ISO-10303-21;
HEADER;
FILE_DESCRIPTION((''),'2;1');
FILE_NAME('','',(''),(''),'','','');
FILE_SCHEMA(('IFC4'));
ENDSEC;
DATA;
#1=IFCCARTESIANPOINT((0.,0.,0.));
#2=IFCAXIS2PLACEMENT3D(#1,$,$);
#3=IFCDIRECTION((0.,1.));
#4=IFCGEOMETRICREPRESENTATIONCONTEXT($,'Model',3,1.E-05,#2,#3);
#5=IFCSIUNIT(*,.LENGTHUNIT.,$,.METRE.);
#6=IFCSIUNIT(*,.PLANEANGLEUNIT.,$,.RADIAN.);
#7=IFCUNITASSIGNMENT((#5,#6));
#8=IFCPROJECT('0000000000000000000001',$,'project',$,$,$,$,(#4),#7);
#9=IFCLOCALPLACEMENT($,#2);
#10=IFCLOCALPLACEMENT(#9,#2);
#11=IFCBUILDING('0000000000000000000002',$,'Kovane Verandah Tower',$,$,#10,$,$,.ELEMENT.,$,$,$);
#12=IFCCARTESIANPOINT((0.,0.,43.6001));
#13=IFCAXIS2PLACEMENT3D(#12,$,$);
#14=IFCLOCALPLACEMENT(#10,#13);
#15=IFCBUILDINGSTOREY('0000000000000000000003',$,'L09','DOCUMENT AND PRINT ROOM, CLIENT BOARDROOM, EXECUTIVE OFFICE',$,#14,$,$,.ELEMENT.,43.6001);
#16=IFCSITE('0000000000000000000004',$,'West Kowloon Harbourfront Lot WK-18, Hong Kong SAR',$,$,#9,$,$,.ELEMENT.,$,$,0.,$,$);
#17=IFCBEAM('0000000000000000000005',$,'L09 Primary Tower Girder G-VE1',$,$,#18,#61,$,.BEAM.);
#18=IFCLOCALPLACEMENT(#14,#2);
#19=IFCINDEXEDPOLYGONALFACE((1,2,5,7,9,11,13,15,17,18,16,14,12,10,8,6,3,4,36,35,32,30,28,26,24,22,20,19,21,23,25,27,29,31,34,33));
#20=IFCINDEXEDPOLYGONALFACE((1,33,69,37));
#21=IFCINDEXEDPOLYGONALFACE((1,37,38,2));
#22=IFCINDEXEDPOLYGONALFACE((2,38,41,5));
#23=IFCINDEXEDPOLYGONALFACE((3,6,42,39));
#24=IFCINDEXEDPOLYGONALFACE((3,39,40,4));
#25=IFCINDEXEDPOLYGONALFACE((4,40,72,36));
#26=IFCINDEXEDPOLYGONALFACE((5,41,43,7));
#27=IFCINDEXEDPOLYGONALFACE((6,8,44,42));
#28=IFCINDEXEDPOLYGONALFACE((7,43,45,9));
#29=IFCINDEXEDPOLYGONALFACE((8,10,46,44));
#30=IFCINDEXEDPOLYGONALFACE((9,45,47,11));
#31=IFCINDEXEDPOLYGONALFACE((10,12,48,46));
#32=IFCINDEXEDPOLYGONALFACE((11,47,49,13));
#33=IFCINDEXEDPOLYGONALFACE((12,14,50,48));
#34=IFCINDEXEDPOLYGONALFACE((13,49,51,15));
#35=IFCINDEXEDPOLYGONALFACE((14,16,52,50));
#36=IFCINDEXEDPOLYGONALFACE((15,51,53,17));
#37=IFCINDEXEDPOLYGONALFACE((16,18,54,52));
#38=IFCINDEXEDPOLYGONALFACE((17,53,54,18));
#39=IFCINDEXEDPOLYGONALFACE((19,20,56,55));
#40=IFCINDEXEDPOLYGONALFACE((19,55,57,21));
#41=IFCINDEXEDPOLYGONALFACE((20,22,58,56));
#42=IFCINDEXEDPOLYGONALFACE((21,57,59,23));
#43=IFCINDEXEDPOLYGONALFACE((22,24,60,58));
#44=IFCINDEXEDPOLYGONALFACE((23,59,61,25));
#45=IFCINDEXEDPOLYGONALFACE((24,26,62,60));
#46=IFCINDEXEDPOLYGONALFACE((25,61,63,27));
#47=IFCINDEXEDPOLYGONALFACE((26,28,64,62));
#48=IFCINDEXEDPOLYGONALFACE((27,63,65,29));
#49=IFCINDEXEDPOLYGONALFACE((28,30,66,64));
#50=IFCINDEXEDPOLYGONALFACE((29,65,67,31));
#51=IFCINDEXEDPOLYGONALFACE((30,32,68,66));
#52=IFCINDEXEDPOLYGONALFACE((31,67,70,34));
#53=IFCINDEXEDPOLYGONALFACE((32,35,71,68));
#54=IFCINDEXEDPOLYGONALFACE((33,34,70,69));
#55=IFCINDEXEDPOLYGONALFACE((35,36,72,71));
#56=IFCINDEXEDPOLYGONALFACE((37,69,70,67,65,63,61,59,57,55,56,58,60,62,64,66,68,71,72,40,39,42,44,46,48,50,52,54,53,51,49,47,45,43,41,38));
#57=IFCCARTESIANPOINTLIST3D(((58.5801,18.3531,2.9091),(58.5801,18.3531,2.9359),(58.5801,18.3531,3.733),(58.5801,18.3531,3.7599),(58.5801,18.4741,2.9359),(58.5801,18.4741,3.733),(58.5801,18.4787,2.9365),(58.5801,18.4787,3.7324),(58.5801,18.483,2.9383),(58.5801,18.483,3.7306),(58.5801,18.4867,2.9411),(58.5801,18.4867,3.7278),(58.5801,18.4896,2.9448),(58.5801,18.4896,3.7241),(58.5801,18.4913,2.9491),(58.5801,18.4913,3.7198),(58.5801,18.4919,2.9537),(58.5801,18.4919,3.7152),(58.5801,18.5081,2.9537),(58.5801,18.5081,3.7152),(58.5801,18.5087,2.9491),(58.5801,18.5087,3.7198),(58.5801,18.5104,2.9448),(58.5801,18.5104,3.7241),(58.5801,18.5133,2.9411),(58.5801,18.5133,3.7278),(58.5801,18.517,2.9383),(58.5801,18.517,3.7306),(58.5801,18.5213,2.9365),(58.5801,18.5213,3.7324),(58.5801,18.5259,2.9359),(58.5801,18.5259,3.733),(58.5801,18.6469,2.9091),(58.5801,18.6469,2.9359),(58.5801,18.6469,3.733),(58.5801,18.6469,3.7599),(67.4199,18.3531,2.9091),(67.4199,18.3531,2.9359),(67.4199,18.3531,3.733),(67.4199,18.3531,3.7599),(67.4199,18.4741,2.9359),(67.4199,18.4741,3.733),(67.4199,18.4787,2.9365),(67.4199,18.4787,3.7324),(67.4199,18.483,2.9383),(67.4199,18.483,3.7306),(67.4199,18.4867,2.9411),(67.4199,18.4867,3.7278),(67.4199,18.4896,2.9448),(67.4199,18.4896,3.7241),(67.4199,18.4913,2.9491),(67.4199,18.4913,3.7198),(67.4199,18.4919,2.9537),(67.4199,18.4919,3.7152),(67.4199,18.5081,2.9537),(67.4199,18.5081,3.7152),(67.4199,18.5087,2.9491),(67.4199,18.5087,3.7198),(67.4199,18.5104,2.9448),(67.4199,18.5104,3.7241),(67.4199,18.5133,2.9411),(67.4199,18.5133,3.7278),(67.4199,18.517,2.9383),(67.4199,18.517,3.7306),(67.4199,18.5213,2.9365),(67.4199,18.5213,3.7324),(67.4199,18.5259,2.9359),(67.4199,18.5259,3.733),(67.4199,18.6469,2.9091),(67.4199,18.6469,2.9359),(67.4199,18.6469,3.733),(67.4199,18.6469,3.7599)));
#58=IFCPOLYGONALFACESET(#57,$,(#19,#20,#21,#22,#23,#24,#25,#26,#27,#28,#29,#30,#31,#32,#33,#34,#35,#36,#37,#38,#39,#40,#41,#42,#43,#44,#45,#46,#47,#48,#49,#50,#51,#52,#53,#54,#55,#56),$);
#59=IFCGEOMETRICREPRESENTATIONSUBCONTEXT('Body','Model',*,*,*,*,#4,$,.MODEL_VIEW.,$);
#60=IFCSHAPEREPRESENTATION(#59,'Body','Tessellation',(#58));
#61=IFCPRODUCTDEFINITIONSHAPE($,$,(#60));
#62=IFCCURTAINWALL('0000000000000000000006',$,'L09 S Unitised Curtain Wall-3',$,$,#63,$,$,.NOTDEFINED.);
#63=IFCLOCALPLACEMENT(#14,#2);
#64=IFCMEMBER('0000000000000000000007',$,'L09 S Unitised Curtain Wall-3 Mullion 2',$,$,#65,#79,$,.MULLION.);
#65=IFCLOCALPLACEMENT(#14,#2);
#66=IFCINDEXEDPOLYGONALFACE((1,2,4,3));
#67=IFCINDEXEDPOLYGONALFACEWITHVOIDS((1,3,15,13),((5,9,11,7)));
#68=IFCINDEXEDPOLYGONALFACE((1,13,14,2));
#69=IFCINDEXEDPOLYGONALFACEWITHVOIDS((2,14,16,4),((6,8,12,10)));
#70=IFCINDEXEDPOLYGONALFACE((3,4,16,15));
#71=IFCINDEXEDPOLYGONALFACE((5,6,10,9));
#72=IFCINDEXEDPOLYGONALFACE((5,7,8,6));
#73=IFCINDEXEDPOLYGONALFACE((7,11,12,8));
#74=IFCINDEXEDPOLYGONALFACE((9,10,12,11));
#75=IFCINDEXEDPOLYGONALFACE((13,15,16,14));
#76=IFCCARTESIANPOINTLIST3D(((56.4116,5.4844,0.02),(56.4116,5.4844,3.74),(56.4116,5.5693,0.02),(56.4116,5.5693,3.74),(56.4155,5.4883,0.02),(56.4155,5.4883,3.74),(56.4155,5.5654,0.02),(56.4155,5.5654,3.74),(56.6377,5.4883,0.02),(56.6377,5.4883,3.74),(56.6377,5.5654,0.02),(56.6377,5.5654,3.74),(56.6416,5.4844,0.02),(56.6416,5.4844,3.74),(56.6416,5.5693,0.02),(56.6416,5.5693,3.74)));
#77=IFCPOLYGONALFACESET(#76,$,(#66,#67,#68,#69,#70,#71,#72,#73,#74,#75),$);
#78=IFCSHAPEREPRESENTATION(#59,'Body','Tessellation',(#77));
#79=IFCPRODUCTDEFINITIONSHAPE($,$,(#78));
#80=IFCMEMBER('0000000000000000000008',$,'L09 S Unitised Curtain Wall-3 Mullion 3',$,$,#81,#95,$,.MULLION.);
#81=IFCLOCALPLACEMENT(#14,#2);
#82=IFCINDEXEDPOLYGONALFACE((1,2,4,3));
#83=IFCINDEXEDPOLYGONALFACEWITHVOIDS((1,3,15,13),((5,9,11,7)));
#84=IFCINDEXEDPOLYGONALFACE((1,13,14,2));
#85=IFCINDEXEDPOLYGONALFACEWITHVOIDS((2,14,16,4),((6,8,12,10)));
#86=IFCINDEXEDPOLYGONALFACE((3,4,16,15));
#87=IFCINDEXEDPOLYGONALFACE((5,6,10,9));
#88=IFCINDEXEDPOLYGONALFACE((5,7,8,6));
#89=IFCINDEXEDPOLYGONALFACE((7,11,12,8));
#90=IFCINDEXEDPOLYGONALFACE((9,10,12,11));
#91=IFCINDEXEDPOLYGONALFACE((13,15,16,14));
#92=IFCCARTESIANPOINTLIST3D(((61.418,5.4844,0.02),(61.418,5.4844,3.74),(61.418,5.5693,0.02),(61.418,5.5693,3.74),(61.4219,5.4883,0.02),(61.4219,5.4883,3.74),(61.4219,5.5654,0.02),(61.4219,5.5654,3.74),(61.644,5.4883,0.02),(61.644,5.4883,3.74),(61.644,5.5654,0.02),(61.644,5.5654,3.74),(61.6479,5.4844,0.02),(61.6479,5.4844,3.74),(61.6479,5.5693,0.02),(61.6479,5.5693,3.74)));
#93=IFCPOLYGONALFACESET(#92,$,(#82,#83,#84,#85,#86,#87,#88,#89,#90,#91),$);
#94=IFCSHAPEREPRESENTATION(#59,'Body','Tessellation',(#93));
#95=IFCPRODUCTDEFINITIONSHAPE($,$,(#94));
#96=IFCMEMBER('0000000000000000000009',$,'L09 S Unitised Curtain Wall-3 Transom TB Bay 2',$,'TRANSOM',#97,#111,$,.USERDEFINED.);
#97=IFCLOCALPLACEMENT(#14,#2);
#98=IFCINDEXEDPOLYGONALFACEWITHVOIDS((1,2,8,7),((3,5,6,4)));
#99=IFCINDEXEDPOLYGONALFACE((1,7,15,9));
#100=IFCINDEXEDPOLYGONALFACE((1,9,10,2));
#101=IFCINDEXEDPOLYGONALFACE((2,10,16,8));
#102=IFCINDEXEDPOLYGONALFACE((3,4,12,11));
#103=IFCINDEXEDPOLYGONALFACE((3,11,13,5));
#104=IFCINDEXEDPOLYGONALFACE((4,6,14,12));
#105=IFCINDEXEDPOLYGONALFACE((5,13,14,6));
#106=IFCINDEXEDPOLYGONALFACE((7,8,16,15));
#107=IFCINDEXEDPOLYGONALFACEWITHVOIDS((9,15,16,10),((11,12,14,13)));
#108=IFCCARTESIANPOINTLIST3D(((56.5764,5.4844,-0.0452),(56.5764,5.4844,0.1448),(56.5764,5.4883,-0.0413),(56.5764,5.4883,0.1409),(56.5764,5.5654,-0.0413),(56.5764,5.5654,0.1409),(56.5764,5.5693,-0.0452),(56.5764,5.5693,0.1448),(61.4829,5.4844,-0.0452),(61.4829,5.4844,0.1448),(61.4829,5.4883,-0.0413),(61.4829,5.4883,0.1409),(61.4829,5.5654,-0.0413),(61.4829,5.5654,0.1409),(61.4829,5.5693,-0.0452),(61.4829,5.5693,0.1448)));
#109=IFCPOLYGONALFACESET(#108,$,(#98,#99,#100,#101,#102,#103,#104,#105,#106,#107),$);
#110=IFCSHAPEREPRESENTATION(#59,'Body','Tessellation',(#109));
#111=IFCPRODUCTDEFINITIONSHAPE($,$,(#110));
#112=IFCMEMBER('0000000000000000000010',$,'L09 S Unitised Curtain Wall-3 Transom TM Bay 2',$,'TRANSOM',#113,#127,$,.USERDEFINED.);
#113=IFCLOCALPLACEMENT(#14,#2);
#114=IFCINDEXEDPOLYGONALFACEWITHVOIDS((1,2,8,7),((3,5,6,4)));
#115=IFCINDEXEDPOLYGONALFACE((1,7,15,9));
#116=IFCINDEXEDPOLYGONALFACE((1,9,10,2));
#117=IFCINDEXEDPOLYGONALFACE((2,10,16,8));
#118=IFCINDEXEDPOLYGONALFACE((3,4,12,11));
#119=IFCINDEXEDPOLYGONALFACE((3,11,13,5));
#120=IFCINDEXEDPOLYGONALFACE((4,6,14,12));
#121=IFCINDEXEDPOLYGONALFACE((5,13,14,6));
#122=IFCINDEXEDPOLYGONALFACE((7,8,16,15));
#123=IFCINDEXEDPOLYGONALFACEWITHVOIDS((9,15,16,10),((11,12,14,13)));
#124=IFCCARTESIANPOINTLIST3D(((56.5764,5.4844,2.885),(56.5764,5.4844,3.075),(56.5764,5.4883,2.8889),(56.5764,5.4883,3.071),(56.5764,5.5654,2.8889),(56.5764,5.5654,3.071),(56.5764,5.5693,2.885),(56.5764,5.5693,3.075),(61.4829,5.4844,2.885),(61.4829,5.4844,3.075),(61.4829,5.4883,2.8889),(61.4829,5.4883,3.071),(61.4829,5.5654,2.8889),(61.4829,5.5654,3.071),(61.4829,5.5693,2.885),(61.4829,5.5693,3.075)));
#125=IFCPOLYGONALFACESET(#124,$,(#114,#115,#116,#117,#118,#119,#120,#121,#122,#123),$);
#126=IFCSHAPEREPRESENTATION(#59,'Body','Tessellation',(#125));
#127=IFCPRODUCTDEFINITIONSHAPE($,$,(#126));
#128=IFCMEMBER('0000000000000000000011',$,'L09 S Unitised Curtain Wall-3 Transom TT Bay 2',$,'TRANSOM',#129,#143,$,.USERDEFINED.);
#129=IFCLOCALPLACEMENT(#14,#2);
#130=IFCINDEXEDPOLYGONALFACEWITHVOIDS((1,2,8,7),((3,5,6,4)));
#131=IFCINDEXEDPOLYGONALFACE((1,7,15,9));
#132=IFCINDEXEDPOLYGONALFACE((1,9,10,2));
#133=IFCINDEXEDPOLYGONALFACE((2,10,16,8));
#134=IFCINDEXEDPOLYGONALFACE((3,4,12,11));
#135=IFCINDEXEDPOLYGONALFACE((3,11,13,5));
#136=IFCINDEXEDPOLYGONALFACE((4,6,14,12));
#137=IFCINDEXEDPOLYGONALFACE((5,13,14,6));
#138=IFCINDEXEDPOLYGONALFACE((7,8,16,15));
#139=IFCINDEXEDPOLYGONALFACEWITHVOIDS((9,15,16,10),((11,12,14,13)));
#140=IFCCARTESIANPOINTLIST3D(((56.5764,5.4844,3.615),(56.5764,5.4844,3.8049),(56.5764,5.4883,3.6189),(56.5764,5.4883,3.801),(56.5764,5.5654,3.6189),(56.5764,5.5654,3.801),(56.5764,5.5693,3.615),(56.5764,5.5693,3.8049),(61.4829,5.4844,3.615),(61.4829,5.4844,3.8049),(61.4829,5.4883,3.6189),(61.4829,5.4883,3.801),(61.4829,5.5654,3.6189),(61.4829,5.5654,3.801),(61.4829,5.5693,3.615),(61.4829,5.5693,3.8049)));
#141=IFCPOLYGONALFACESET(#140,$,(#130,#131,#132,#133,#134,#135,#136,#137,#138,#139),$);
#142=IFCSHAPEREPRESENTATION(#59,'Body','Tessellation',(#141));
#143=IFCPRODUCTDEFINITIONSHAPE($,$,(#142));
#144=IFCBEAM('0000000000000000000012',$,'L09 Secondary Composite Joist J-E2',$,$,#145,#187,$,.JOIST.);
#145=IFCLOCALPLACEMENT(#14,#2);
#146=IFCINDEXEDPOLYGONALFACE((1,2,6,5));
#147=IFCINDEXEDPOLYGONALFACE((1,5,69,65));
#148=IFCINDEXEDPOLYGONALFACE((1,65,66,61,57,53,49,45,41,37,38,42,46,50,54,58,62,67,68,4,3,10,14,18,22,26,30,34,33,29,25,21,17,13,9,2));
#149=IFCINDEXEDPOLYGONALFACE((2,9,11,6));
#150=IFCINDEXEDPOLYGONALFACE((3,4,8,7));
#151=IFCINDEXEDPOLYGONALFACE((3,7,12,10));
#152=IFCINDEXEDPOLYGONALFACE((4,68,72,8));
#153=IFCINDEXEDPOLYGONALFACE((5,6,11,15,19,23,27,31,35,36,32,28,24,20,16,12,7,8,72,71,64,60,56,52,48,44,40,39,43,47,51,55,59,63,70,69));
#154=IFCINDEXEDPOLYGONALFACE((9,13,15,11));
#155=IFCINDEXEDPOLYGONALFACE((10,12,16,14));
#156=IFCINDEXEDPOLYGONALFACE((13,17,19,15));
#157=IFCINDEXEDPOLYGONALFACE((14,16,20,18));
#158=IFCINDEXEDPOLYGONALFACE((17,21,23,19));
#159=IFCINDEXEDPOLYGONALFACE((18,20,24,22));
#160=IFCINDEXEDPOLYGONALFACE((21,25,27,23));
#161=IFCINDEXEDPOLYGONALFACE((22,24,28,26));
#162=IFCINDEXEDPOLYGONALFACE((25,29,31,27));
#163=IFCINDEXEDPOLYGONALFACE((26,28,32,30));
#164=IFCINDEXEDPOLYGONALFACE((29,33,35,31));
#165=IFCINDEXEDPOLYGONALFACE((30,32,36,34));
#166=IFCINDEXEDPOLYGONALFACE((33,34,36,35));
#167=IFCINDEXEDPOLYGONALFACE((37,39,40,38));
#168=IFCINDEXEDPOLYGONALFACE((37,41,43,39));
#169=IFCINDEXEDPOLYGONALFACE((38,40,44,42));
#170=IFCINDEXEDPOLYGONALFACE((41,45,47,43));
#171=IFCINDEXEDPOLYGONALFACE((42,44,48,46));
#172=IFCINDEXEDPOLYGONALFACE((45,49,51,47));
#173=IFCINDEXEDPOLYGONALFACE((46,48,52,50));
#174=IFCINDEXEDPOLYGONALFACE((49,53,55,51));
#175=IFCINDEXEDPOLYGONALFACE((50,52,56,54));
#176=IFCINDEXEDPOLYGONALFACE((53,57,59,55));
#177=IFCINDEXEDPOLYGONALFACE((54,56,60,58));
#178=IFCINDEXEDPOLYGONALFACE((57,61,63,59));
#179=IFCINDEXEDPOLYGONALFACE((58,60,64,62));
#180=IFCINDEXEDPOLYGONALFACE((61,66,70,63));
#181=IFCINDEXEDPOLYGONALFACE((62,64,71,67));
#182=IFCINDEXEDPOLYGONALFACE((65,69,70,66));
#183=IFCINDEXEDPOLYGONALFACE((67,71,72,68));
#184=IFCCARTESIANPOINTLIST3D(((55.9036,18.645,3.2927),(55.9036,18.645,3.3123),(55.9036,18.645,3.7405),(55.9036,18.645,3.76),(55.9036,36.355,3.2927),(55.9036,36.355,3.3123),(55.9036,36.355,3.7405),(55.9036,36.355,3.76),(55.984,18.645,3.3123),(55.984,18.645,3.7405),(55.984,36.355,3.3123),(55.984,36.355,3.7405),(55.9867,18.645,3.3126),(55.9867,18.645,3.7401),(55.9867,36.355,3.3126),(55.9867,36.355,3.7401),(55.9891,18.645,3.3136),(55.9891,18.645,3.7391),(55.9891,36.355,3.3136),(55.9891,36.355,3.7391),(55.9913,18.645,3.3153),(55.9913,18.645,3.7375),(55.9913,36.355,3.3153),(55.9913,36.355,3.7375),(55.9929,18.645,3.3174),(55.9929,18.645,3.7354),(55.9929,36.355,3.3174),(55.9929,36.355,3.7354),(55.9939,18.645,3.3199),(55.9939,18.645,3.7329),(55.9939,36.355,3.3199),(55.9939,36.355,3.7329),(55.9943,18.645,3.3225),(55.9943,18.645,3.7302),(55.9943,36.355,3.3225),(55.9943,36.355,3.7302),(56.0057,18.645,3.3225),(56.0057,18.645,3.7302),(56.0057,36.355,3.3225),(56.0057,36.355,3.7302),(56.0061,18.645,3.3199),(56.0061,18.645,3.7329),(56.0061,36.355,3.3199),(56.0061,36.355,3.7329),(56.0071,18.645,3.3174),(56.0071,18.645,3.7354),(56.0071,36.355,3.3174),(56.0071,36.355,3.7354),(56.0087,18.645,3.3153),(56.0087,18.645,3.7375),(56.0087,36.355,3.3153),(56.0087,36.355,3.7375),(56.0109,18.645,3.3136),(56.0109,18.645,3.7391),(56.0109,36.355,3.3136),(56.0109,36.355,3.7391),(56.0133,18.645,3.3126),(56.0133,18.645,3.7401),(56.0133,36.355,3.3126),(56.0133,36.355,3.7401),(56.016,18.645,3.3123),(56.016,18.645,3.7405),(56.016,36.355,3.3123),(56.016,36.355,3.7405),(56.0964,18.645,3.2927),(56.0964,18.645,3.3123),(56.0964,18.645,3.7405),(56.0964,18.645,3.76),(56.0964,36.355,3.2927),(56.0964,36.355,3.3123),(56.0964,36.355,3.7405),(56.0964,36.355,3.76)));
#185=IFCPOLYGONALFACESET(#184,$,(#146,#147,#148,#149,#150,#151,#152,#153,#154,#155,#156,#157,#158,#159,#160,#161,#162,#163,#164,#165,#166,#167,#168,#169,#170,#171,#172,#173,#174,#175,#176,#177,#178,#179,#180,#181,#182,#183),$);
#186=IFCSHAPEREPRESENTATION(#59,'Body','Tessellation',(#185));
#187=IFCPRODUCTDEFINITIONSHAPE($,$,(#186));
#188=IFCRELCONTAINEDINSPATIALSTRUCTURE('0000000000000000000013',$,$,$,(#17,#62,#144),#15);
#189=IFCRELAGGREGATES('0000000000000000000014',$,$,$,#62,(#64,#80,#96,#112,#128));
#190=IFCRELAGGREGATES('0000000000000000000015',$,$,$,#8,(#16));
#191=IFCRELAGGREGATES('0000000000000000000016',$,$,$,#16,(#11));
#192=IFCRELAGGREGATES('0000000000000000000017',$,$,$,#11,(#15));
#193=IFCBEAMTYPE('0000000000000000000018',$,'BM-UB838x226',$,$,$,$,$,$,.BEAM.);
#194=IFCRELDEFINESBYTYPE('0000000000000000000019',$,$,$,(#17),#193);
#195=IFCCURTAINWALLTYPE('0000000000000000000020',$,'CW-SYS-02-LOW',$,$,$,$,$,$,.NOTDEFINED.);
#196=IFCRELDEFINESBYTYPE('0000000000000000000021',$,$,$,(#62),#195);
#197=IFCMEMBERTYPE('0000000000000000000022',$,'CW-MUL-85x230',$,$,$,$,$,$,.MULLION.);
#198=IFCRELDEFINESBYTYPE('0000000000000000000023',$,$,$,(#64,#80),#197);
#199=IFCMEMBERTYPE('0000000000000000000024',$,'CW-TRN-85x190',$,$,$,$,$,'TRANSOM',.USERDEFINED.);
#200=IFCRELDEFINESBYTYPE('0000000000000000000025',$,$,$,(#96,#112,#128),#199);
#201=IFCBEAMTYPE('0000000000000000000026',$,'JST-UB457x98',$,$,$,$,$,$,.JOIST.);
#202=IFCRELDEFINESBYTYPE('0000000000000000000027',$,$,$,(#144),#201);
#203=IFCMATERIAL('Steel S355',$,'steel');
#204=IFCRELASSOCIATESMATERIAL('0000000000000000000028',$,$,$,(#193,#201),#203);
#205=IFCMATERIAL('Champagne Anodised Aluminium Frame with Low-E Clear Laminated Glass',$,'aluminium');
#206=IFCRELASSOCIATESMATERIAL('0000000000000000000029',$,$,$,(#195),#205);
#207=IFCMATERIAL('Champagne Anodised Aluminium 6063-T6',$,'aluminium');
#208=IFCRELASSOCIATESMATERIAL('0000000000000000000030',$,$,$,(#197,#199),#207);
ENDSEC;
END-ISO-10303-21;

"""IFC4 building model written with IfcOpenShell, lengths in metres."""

from ifc_helpers import new_model, si_unit, direction, frame, origin, origin_2d, place, context, subcontext, project, spatial, hollow_rectangle, i_section, extrude, material, material_profile, profile_set, type_object, element, aggregate, save


model = new_model("IFC4")

# Units and contexts
model_context = context("Model", 3, precision=1e-05, world=origin(), true_north=direction((0.0, 1.0)))
body_context = subcontext(model_context, "Body", "Model", "MODEL_VIEW")
ifc_project = project(units=[si_unit("LENGTHUNIT", "METRE"), si_unit("PLANEANGLEUNIT", "RADIAN")], contexts=[model_context])

# Site, building, storey
site_placement = place(None, origin())
site = spatial("IfcSite", under=ifc_project, at=site_placement, Name="West Kowloon Harbourfront Lot WK-18, Hong Kong SAR", CompositionType="ELEMENT", RefElevation=0.0)
building_placement = place(site_placement, origin())
building = spatial("IfcBuilding", under=site, at=building_placement, Name="Kovane Verandah Tower", CompositionType="ELEMENT")
storey_placement = place(building_placement, frame((0.0, 0.0, 43.6001)))
storey = spatial("IfcBuildingStorey", under=building, at=storey_placement, Name="L09", Description="DOCUMENT AND PRINT ROOM, CLIENT BOARDROOM, EXECUTIVE OFFICE", CompositionType="ELEMENT", Elevation=43.6001)

# Beam
ifc_material_1 = material(Name="Steel S355", Category="steel")
ifc_material_profile_1 = material_profile(ifc_material_1, i_section(OverallWidth=0.2937, OverallDepth=0.8508, WebThickness=0.0161, FlangeThickness=0.0269, FilletRadius=0.0178, at=origin_2d()), Name="UB838x292x226")
ifc_profile_set_1 = profile_set([ifc_material_profile_1], Name="Steel S355")
beam_type_1 = type_object("IfcBeamType", Name="BM-UB838x226", PredefinedType="BEAM", material=ifc_profile_set_1)
beam_1_placement = place(storey_placement, frame((58.5801, 18.5, 3.3345), z_axis=(1.0, 0.0, 0.0), x_axis=(0.0, 1.0, 0.0)))
element("IfcBeam", 1, at=beam_1_placement, inside=storey, type_object=beam_type_1, Name="L09 Primary Tower Girder G-VE1", PredefinedType="BEAM", context=body_context, shape_type="SweptSolid", body=[
    extrude(i_section(OverallWidth=0.2937, OverallDepth=0.8508, WebThickness=0.0161, FlangeThickness=0.0269, FilletRadius=0.0178, at=origin_2d()), origin(), (0.0, 0.0, 1.0), 8.8398),
])

# Curtain wall, members
ifc_material_2 = material(Name="Champagne Anodised Aluminium Frame with Low-E Clear Laminated Glass", Category="aluminium")
curtain_wall_type = type_object("IfcCurtainWallType", Name="CW-SYS-02-LOW", PredefinedType="NOTDEFINED", material=ifc_material_2)
curtain_wall_placement = place(storey_placement, origin())
curtain_wall = element("IfcCurtainWall", 2, at=curtain_wall_placement, inside=storey, type_object=curtain_wall_type, Name="L09 S Unitised Curtain Wall-3", PredefinedType="NOTDEFINED")
ifc_material_3 = material(Name="Champagne Anodised Aluminium 6063-T6", Category="aluminium")
ifc_material_profile_2 = material_profile(ifc_material_3, hollow_rectangle(XDim=0.085, YDim=0.23, WallThickness=0.0039, at=origin_2d()), Name="AL85x230x4")
ifc_profile_set_2 = profile_set([ifc_material_profile_2], Name="Champagne Anodised Aluminium 6063-T6")
member_type_1 = type_object("IfcMemberType", Name="CW-MUL-85x230", PredefinedType="MULLION", material=ifc_profile_set_2)
member_1_placement = place(storey_placement, frame((56.5266, 5.5269, 0.02), z_axis=(0.0, 0.0, 1.0), x_axis=(0.0, -1.0, 0.0)))
member_1 = element("IfcMember", 3, at=member_1_placement, type_object=member_type_1, Name="L09 S Unitised Curtain Wall-3 Mullion 2", PredefinedType="MULLION", context=body_context, shape_type="SweptSolid", body=[
    extrude(hollow_rectangle(XDim=0.085, YDim=0.23, WallThickness=0.0039, at=origin_2d()), origin(), (0.0, 0.0, 1.0), 3.72),
])
member_2_placement = place(storey_placement, frame((61.533, 5.5269, 0.02), z_axis=(0.0, 0.0, 1.0), x_axis=(0.0, -1.0, 0.0)))
member_2 = element("IfcMember", 4, at=member_2_placement, type_object=member_type_1, Name="L09 S Unitised Curtain Wall-3 Mullion 3", PredefinedType="MULLION", context=body_context, shape_type="SweptSolid", body=[
    extrude(hollow_rectangle(XDim=0.085, YDim=0.23, WallThickness=0.0039, at=origin_2d()), origin(), (0.0, 0.0, 1.0), 3.72),
])
ifc_material_profile_3 = material_profile(ifc_material_3, hollow_rectangle(XDim=0.085, YDim=0.1899, WallThickness=0.0039, at=origin_2d()), Name="AL85x190x4")
ifc_profile_set_3 = profile_set([ifc_material_profile_3], Name="Champagne Anodised Aluminium 6063-T6")
member_type_2 = type_object("IfcMemberType", Name="CW-TRN-85x190", ElementType="TRANSOM", PredefinedType="USERDEFINED", material=ifc_profile_set_3)
member_3_placement = place(storey_placement, frame((56.5764, 5.5269, 0.0498), z_axis=(1.0, 0.0, 0.0), x_axis=(0.0, 1.0, 0.0)))
member_3 = element("IfcMember", 5, at=member_3_placement, type_object=member_type_2, Name="L09 S Unitised Curtain Wall-3 Transom TB Bay 2", ObjectType="TRANSOM", PredefinedType="USERDEFINED", context=body_context, shape_type="SweptSolid", body=[
    extrude(hollow_rectangle(XDim=0.085, YDim=0.1899, WallThickness=0.0039, at=origin_2d()), origin(), (0.0, 0.0, 1.0), 4.9065),
])
member_4_placement = place(storey_placement, frame((56.5764, 5.5269, 2.98), z_axis=(1.0, 0.0, 0.0), x_axis=(0.0, 1.0, 0.0)))
member_4 = element("IfcMember", 6, at=member_4_placement, type_object=member_type_2, Name="L09 S Unitised Curtain Wall-3 Transom TM Bay 2", ObjectType="TRANSOM", PredefinedType="USERDEFINED", context=body_context, shape_type="SweptSolid", body=[
    extrude(hollow_rectangle(XDim=0.085, YDim=0.1899, WallThickness=0.0039, at=origin_2d()), origin(), (0.0, 0.0, 1.0), 4.9065),
])
member_5_placement = place(storey_placement, frame((56.5764, 5.5269, 3.71), z_axis=(1.0, 0.0, 0.0), x_axis=(0.0, 1.0, 0.0)))
member_5 = element("IfcMember", 7, at=member_5_placement, type_object=member_type_2, Name="L09 S Unitised Curtain Wall-3 Transom TT Bay 2", ObjectType="TRANSOM", PredefinedType="USERDEFINED", context=body_context, shape_type="SweptSolid", body=[
    extrude(hollow_rectangle(XDim=0.085, YDim=0.1899, WallThickness=0.0039, at=origin_2d()), origin(), (0.0, 0.0, 1.0), 4.9065),
])

# Beam
ifc_material_profile_4 = material_profile(ifc_material_1, i_section(OverallWidth=0.1929, OverallDepth=0.4673, WebThickness=0.0115, FlangeThickness=0.0195, FilletRadius=0.0103, at=origin_2d()), Name="UB457x191x98")
ifc_profile_set_4 = profile_set([ifc_material_profile_4], Name="Steel S355")
beam_type_2 = type_object("IfcBeamType", Name="JST-UB457x98", PredefinedType="JOIST", material=ifc_profile_set_4)
beam_2_placement = place(storey_placement, frame((56.0, 18.645, 3.5264), z_axis=(0.0, 1.0, 0.0), x_axis=(-1.0, 0.0, 0.0)))
element("IfcBeam", 8, at=beam_2_placement, inside=storey, type_object=beam_type_2, Name="L09 Secondary Composite Joist J-E2", PredefinedType="JOIST", context=body_context, shape_type="SweptSolid", body=[
    extrude(i_section(OverallWidth=0.1929, OverallDepth=0.4673, WebThickness=0.0115, FlangeThickness=0.0195, FilletRadius=0.0103, at=origin_2d()), origin(), (0.0, 0.0, 1.0), 17.71),
])

aggregate(curtain_wall, [member_1, member_2, member_3, member_4, member_5])

save(model, "model.ifc")
